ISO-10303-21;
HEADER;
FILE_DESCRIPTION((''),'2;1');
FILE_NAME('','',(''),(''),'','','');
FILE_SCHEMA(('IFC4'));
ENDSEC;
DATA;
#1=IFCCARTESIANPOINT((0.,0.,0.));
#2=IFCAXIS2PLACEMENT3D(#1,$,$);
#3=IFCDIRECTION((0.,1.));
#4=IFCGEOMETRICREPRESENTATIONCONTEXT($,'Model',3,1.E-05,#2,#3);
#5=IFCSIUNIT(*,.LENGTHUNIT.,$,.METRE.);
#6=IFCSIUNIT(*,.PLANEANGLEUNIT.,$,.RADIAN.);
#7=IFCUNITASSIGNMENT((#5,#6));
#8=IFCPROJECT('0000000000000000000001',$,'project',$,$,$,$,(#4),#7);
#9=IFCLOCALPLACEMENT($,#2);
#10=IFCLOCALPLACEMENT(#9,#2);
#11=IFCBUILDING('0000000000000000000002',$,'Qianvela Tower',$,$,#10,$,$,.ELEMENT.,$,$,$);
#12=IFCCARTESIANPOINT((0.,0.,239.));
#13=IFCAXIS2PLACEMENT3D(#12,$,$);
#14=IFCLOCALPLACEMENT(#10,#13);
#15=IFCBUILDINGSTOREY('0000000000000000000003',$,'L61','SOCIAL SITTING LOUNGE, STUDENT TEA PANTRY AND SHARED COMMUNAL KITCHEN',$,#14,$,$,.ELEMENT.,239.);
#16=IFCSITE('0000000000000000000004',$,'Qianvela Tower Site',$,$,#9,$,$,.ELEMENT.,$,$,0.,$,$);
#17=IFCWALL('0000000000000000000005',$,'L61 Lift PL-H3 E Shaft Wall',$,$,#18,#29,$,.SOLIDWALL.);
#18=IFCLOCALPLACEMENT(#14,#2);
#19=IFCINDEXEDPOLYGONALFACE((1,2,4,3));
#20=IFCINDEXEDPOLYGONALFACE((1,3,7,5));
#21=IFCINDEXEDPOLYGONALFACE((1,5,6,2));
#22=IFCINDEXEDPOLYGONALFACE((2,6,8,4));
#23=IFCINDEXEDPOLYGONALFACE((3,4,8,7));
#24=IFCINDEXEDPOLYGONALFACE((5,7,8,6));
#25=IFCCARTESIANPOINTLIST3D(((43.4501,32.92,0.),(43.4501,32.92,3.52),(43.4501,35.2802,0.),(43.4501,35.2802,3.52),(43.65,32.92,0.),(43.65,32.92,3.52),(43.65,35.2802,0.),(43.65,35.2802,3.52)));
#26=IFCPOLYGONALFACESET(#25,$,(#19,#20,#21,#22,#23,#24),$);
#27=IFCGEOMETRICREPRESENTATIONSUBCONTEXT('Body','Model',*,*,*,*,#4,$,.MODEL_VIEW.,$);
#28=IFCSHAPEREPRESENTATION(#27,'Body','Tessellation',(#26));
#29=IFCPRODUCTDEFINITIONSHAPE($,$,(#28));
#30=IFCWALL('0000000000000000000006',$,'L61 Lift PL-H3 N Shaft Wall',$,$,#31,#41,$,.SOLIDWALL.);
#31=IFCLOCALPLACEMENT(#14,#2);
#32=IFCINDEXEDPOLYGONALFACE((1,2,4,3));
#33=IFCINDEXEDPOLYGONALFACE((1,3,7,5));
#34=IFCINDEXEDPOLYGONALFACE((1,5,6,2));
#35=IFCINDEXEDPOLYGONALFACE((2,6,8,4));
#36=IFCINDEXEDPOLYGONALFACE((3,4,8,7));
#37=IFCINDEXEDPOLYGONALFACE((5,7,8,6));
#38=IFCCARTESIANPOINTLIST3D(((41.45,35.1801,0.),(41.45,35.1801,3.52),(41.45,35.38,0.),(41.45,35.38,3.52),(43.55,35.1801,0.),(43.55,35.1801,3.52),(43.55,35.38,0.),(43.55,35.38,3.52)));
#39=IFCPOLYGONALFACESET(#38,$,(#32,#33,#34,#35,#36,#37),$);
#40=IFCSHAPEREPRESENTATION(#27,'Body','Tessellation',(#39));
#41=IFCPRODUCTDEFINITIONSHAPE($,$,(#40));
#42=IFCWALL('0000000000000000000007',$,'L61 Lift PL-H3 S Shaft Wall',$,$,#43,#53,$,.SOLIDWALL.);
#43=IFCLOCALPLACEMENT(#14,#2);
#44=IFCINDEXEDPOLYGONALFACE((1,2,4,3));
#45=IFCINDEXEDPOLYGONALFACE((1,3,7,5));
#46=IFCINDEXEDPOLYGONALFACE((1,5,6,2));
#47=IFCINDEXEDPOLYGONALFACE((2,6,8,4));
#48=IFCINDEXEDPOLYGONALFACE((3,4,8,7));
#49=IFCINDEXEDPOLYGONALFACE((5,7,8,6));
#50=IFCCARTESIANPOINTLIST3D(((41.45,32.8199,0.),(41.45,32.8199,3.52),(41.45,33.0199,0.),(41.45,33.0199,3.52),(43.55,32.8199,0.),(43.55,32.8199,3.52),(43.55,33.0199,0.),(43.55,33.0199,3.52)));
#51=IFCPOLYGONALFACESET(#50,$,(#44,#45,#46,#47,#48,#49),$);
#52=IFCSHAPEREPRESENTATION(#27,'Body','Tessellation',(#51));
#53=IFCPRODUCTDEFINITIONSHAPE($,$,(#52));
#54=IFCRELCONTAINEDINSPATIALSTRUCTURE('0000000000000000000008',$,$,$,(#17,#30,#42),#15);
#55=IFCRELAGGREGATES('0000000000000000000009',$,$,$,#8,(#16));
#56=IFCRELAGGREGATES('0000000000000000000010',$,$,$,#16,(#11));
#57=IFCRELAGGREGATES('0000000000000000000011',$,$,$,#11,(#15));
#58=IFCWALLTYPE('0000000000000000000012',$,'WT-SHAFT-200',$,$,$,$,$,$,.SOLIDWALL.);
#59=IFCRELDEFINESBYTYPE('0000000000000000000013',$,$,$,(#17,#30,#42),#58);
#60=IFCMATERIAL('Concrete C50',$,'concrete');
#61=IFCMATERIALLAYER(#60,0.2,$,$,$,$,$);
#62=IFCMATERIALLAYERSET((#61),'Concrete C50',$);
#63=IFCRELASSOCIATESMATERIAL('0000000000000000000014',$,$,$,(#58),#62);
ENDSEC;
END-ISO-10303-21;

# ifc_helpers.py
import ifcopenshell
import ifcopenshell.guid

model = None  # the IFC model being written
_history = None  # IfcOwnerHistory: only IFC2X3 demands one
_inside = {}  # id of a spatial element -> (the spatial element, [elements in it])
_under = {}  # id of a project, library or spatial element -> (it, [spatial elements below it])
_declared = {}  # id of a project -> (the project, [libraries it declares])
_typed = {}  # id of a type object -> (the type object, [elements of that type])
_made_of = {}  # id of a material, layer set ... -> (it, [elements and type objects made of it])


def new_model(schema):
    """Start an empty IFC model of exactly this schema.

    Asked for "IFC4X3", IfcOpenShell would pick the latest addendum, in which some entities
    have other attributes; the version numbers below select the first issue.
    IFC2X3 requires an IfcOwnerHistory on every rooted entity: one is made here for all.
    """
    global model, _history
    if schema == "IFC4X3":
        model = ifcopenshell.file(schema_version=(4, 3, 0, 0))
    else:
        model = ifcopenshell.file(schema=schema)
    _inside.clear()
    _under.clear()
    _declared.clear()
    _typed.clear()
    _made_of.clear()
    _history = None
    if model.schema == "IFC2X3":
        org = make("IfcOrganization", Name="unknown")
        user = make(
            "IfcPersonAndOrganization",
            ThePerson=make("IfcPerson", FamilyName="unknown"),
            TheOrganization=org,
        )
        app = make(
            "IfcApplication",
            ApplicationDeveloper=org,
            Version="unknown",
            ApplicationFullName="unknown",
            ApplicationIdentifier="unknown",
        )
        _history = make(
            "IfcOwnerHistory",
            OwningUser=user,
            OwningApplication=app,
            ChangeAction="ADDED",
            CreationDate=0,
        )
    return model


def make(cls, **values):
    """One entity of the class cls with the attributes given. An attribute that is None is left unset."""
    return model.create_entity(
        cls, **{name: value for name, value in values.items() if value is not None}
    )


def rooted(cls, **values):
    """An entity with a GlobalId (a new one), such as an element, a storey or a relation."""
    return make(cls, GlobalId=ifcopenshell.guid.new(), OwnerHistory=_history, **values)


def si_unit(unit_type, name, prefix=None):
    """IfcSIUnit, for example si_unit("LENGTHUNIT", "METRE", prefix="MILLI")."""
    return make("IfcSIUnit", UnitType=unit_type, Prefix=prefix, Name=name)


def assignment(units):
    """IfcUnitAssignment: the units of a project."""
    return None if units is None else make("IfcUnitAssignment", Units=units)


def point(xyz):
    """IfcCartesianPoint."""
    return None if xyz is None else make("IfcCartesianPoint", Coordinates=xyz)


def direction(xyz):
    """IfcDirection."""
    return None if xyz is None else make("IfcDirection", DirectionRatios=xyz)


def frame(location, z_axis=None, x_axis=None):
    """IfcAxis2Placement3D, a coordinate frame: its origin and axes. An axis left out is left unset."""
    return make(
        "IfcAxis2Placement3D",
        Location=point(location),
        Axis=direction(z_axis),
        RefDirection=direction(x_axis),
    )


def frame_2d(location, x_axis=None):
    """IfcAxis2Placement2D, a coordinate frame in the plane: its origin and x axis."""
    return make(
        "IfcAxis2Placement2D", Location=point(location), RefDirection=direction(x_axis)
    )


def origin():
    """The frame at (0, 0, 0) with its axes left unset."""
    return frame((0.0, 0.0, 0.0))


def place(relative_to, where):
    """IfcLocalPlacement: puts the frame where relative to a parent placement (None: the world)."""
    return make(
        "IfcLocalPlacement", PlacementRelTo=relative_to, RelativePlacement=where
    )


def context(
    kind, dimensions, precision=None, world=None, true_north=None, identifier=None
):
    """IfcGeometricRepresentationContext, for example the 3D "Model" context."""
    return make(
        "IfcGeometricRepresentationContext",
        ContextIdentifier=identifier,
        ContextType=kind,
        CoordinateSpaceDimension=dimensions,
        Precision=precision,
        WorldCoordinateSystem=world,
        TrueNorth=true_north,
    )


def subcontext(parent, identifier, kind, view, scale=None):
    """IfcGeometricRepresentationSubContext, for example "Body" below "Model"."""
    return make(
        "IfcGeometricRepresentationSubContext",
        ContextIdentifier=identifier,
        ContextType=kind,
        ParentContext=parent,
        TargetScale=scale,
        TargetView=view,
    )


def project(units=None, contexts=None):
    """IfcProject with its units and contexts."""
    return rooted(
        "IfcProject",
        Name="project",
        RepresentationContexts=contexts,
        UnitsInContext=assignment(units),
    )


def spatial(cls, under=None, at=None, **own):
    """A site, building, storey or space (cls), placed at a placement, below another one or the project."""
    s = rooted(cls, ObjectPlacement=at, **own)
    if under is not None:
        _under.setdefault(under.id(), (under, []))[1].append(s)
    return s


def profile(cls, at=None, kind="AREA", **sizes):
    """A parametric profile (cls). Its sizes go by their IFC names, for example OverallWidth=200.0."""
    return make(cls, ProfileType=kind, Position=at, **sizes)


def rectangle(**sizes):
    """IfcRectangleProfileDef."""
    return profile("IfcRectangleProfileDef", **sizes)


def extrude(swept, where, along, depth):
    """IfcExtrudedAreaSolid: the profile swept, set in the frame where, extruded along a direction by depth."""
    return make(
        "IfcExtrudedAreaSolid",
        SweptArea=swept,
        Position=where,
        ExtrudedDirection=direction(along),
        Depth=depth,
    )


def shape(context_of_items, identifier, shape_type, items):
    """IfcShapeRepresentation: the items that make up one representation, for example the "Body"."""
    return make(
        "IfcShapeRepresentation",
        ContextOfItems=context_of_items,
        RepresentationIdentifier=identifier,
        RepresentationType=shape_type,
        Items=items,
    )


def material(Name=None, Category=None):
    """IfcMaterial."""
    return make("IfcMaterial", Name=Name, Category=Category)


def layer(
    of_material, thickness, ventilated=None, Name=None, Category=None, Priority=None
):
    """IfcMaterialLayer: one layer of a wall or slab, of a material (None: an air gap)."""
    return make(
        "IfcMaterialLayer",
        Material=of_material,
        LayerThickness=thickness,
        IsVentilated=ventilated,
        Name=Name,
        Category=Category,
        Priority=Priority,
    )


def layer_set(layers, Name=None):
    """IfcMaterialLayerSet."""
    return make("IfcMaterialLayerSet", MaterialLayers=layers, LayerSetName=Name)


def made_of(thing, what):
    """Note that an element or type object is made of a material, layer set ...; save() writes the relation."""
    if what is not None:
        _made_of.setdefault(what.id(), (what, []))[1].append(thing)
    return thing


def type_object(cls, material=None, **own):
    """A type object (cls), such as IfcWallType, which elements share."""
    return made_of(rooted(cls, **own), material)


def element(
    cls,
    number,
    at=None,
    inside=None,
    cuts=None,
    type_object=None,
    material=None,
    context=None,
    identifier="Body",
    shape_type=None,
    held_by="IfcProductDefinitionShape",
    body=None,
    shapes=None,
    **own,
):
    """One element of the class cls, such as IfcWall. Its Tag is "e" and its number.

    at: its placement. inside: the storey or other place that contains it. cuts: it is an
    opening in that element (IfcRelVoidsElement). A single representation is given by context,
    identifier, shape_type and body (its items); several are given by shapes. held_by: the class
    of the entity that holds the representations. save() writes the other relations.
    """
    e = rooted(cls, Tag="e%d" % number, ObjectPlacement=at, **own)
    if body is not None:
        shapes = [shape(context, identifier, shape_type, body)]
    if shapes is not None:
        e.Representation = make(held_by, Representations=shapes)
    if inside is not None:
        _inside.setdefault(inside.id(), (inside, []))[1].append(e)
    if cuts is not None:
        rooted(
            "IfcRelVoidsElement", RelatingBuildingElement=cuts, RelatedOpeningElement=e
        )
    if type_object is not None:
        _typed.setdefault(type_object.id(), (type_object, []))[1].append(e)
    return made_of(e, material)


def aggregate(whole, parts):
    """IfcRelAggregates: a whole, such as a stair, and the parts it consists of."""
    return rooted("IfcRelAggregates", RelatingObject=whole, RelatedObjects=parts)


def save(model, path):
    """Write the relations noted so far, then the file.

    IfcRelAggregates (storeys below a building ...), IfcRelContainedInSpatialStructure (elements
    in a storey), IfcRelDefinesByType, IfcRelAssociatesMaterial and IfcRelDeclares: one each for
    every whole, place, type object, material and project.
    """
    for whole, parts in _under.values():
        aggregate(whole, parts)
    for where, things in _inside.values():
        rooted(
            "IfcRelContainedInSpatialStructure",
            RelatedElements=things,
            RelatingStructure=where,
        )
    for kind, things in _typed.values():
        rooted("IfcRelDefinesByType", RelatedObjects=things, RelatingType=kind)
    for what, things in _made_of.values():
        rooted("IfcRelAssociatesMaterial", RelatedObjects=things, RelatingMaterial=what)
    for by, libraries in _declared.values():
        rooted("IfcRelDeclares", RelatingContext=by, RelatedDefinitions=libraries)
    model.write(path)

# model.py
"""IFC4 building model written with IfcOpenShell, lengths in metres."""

from ifc_helpers import new_model, si_unit, direction, frame, frame_2d, origin, place, context, subcontext, project, spatial, rectangle, extrude, material, layer, layer_set, type_object, element, save


model = new_model("IFC4")

# Units and contexts
model_context = context("Model", 3, precision=1e-05, world=origin(), true_north=direction((0.0, 1.0)))
body_context = subcontext(model_context, "Body", "Model", "MODEL_VIEW")
ifc_project = project(units=[si_unit("LENGTHUNIT", "METRE"), si_unit("PLANEANGLEUNIT", "RADIAN")], contexts=[model_context])

# Site, building, storey
site_placement = place(None, origin())
site = spatial("IfcSite", under=ifc_project, at=site_placement, Name="Qianvela Tower Site", CompositionType="ELEMENT", RefElevation=0.0)
building_placement = place(site_placement, origin())
building = spatial("IfcBuilding", under=site, at=building_placement, Name="Qianvela Tower", CompositionType="ELEMENT")
storey_placement = place(building_placement, frame((0.0, 0.0, 239.0)))
storey = spatial("IfcBuildingStorey", under=building, at=storey_placement, Name="L61", Description="SOCIAL SITTING LOUNGE, STUDENT TEA PANTRY AND SHARED COMMUNAL KITCHEN", CompositionType="ELEMENT", Elevation=239.0)

# Wall
ifc_material_1 = material(Name="Concrete C50", Category="concrete")
ifc_layer_1 = layer(ifc_material_1, 0.2)
ifc_layer_set_1 = layer_set([ifc_layer_1], Name="Concrete C50")
wall_type_1 = type_object("IfcWallType", Name="WT-SHAFT-200", PredefinedType="SOLIDWALL", material=ifc_layer_set_1)
wall_1_placement = place(storey_placement, frame((43.55, 32.9199, 0.0), z_axis=(0.0, 0.0, 1.0), x_axis=(0.0, 1.0, 0.0)))
element("IfcWall", 1, at=wall_1_placement, inside=storey, type_object=wall_type_1, Name="L61 Lift PL-H3 E Shaft Wall", PredefinedType="SOLIDWALL", context=body_context, shape_type="SweptSolid", body=[
    extrude(rectangle(XDim=2.3601, YDim=0.2, at=frame_2d((1.1802, 0.0))), origin(), (0.0, 0.0, 1.0), 3.52),
])

# Walls
for number, where, z_axis, x_axis, name in (
    (2, (41.45, 35.28, 0.0), (0.0, 0.0, 1.0), (1.0, 0.0, 0.0), "L61 Lift PL-H3 N Shaft Wall"),
    (3, (41.45, 32.9199, 0.0), (0.0, 0.0, 1.0), (1.0, 0.0, 0.0), "L61 Lift PL-H3 S Shaft Wall"),
):
    element("IfcWall", number, at=place(storey_placement, frame(where, z_axis=z_axis, x_axis=x_axis)), inside=storey, type_object=wall_type_1, Name=name, PredefinedType="SOLIDWALL", context=body_context, shape_type="SweptSolid", body=[
        extrude(rectangle(XDim=2.1001, YDim=0.2, at=frame_2d((1.05, 0.0))), origin(), (0.0, 0.0, 1.0), 3.52),
    ])

save(model, "model.ifc")
